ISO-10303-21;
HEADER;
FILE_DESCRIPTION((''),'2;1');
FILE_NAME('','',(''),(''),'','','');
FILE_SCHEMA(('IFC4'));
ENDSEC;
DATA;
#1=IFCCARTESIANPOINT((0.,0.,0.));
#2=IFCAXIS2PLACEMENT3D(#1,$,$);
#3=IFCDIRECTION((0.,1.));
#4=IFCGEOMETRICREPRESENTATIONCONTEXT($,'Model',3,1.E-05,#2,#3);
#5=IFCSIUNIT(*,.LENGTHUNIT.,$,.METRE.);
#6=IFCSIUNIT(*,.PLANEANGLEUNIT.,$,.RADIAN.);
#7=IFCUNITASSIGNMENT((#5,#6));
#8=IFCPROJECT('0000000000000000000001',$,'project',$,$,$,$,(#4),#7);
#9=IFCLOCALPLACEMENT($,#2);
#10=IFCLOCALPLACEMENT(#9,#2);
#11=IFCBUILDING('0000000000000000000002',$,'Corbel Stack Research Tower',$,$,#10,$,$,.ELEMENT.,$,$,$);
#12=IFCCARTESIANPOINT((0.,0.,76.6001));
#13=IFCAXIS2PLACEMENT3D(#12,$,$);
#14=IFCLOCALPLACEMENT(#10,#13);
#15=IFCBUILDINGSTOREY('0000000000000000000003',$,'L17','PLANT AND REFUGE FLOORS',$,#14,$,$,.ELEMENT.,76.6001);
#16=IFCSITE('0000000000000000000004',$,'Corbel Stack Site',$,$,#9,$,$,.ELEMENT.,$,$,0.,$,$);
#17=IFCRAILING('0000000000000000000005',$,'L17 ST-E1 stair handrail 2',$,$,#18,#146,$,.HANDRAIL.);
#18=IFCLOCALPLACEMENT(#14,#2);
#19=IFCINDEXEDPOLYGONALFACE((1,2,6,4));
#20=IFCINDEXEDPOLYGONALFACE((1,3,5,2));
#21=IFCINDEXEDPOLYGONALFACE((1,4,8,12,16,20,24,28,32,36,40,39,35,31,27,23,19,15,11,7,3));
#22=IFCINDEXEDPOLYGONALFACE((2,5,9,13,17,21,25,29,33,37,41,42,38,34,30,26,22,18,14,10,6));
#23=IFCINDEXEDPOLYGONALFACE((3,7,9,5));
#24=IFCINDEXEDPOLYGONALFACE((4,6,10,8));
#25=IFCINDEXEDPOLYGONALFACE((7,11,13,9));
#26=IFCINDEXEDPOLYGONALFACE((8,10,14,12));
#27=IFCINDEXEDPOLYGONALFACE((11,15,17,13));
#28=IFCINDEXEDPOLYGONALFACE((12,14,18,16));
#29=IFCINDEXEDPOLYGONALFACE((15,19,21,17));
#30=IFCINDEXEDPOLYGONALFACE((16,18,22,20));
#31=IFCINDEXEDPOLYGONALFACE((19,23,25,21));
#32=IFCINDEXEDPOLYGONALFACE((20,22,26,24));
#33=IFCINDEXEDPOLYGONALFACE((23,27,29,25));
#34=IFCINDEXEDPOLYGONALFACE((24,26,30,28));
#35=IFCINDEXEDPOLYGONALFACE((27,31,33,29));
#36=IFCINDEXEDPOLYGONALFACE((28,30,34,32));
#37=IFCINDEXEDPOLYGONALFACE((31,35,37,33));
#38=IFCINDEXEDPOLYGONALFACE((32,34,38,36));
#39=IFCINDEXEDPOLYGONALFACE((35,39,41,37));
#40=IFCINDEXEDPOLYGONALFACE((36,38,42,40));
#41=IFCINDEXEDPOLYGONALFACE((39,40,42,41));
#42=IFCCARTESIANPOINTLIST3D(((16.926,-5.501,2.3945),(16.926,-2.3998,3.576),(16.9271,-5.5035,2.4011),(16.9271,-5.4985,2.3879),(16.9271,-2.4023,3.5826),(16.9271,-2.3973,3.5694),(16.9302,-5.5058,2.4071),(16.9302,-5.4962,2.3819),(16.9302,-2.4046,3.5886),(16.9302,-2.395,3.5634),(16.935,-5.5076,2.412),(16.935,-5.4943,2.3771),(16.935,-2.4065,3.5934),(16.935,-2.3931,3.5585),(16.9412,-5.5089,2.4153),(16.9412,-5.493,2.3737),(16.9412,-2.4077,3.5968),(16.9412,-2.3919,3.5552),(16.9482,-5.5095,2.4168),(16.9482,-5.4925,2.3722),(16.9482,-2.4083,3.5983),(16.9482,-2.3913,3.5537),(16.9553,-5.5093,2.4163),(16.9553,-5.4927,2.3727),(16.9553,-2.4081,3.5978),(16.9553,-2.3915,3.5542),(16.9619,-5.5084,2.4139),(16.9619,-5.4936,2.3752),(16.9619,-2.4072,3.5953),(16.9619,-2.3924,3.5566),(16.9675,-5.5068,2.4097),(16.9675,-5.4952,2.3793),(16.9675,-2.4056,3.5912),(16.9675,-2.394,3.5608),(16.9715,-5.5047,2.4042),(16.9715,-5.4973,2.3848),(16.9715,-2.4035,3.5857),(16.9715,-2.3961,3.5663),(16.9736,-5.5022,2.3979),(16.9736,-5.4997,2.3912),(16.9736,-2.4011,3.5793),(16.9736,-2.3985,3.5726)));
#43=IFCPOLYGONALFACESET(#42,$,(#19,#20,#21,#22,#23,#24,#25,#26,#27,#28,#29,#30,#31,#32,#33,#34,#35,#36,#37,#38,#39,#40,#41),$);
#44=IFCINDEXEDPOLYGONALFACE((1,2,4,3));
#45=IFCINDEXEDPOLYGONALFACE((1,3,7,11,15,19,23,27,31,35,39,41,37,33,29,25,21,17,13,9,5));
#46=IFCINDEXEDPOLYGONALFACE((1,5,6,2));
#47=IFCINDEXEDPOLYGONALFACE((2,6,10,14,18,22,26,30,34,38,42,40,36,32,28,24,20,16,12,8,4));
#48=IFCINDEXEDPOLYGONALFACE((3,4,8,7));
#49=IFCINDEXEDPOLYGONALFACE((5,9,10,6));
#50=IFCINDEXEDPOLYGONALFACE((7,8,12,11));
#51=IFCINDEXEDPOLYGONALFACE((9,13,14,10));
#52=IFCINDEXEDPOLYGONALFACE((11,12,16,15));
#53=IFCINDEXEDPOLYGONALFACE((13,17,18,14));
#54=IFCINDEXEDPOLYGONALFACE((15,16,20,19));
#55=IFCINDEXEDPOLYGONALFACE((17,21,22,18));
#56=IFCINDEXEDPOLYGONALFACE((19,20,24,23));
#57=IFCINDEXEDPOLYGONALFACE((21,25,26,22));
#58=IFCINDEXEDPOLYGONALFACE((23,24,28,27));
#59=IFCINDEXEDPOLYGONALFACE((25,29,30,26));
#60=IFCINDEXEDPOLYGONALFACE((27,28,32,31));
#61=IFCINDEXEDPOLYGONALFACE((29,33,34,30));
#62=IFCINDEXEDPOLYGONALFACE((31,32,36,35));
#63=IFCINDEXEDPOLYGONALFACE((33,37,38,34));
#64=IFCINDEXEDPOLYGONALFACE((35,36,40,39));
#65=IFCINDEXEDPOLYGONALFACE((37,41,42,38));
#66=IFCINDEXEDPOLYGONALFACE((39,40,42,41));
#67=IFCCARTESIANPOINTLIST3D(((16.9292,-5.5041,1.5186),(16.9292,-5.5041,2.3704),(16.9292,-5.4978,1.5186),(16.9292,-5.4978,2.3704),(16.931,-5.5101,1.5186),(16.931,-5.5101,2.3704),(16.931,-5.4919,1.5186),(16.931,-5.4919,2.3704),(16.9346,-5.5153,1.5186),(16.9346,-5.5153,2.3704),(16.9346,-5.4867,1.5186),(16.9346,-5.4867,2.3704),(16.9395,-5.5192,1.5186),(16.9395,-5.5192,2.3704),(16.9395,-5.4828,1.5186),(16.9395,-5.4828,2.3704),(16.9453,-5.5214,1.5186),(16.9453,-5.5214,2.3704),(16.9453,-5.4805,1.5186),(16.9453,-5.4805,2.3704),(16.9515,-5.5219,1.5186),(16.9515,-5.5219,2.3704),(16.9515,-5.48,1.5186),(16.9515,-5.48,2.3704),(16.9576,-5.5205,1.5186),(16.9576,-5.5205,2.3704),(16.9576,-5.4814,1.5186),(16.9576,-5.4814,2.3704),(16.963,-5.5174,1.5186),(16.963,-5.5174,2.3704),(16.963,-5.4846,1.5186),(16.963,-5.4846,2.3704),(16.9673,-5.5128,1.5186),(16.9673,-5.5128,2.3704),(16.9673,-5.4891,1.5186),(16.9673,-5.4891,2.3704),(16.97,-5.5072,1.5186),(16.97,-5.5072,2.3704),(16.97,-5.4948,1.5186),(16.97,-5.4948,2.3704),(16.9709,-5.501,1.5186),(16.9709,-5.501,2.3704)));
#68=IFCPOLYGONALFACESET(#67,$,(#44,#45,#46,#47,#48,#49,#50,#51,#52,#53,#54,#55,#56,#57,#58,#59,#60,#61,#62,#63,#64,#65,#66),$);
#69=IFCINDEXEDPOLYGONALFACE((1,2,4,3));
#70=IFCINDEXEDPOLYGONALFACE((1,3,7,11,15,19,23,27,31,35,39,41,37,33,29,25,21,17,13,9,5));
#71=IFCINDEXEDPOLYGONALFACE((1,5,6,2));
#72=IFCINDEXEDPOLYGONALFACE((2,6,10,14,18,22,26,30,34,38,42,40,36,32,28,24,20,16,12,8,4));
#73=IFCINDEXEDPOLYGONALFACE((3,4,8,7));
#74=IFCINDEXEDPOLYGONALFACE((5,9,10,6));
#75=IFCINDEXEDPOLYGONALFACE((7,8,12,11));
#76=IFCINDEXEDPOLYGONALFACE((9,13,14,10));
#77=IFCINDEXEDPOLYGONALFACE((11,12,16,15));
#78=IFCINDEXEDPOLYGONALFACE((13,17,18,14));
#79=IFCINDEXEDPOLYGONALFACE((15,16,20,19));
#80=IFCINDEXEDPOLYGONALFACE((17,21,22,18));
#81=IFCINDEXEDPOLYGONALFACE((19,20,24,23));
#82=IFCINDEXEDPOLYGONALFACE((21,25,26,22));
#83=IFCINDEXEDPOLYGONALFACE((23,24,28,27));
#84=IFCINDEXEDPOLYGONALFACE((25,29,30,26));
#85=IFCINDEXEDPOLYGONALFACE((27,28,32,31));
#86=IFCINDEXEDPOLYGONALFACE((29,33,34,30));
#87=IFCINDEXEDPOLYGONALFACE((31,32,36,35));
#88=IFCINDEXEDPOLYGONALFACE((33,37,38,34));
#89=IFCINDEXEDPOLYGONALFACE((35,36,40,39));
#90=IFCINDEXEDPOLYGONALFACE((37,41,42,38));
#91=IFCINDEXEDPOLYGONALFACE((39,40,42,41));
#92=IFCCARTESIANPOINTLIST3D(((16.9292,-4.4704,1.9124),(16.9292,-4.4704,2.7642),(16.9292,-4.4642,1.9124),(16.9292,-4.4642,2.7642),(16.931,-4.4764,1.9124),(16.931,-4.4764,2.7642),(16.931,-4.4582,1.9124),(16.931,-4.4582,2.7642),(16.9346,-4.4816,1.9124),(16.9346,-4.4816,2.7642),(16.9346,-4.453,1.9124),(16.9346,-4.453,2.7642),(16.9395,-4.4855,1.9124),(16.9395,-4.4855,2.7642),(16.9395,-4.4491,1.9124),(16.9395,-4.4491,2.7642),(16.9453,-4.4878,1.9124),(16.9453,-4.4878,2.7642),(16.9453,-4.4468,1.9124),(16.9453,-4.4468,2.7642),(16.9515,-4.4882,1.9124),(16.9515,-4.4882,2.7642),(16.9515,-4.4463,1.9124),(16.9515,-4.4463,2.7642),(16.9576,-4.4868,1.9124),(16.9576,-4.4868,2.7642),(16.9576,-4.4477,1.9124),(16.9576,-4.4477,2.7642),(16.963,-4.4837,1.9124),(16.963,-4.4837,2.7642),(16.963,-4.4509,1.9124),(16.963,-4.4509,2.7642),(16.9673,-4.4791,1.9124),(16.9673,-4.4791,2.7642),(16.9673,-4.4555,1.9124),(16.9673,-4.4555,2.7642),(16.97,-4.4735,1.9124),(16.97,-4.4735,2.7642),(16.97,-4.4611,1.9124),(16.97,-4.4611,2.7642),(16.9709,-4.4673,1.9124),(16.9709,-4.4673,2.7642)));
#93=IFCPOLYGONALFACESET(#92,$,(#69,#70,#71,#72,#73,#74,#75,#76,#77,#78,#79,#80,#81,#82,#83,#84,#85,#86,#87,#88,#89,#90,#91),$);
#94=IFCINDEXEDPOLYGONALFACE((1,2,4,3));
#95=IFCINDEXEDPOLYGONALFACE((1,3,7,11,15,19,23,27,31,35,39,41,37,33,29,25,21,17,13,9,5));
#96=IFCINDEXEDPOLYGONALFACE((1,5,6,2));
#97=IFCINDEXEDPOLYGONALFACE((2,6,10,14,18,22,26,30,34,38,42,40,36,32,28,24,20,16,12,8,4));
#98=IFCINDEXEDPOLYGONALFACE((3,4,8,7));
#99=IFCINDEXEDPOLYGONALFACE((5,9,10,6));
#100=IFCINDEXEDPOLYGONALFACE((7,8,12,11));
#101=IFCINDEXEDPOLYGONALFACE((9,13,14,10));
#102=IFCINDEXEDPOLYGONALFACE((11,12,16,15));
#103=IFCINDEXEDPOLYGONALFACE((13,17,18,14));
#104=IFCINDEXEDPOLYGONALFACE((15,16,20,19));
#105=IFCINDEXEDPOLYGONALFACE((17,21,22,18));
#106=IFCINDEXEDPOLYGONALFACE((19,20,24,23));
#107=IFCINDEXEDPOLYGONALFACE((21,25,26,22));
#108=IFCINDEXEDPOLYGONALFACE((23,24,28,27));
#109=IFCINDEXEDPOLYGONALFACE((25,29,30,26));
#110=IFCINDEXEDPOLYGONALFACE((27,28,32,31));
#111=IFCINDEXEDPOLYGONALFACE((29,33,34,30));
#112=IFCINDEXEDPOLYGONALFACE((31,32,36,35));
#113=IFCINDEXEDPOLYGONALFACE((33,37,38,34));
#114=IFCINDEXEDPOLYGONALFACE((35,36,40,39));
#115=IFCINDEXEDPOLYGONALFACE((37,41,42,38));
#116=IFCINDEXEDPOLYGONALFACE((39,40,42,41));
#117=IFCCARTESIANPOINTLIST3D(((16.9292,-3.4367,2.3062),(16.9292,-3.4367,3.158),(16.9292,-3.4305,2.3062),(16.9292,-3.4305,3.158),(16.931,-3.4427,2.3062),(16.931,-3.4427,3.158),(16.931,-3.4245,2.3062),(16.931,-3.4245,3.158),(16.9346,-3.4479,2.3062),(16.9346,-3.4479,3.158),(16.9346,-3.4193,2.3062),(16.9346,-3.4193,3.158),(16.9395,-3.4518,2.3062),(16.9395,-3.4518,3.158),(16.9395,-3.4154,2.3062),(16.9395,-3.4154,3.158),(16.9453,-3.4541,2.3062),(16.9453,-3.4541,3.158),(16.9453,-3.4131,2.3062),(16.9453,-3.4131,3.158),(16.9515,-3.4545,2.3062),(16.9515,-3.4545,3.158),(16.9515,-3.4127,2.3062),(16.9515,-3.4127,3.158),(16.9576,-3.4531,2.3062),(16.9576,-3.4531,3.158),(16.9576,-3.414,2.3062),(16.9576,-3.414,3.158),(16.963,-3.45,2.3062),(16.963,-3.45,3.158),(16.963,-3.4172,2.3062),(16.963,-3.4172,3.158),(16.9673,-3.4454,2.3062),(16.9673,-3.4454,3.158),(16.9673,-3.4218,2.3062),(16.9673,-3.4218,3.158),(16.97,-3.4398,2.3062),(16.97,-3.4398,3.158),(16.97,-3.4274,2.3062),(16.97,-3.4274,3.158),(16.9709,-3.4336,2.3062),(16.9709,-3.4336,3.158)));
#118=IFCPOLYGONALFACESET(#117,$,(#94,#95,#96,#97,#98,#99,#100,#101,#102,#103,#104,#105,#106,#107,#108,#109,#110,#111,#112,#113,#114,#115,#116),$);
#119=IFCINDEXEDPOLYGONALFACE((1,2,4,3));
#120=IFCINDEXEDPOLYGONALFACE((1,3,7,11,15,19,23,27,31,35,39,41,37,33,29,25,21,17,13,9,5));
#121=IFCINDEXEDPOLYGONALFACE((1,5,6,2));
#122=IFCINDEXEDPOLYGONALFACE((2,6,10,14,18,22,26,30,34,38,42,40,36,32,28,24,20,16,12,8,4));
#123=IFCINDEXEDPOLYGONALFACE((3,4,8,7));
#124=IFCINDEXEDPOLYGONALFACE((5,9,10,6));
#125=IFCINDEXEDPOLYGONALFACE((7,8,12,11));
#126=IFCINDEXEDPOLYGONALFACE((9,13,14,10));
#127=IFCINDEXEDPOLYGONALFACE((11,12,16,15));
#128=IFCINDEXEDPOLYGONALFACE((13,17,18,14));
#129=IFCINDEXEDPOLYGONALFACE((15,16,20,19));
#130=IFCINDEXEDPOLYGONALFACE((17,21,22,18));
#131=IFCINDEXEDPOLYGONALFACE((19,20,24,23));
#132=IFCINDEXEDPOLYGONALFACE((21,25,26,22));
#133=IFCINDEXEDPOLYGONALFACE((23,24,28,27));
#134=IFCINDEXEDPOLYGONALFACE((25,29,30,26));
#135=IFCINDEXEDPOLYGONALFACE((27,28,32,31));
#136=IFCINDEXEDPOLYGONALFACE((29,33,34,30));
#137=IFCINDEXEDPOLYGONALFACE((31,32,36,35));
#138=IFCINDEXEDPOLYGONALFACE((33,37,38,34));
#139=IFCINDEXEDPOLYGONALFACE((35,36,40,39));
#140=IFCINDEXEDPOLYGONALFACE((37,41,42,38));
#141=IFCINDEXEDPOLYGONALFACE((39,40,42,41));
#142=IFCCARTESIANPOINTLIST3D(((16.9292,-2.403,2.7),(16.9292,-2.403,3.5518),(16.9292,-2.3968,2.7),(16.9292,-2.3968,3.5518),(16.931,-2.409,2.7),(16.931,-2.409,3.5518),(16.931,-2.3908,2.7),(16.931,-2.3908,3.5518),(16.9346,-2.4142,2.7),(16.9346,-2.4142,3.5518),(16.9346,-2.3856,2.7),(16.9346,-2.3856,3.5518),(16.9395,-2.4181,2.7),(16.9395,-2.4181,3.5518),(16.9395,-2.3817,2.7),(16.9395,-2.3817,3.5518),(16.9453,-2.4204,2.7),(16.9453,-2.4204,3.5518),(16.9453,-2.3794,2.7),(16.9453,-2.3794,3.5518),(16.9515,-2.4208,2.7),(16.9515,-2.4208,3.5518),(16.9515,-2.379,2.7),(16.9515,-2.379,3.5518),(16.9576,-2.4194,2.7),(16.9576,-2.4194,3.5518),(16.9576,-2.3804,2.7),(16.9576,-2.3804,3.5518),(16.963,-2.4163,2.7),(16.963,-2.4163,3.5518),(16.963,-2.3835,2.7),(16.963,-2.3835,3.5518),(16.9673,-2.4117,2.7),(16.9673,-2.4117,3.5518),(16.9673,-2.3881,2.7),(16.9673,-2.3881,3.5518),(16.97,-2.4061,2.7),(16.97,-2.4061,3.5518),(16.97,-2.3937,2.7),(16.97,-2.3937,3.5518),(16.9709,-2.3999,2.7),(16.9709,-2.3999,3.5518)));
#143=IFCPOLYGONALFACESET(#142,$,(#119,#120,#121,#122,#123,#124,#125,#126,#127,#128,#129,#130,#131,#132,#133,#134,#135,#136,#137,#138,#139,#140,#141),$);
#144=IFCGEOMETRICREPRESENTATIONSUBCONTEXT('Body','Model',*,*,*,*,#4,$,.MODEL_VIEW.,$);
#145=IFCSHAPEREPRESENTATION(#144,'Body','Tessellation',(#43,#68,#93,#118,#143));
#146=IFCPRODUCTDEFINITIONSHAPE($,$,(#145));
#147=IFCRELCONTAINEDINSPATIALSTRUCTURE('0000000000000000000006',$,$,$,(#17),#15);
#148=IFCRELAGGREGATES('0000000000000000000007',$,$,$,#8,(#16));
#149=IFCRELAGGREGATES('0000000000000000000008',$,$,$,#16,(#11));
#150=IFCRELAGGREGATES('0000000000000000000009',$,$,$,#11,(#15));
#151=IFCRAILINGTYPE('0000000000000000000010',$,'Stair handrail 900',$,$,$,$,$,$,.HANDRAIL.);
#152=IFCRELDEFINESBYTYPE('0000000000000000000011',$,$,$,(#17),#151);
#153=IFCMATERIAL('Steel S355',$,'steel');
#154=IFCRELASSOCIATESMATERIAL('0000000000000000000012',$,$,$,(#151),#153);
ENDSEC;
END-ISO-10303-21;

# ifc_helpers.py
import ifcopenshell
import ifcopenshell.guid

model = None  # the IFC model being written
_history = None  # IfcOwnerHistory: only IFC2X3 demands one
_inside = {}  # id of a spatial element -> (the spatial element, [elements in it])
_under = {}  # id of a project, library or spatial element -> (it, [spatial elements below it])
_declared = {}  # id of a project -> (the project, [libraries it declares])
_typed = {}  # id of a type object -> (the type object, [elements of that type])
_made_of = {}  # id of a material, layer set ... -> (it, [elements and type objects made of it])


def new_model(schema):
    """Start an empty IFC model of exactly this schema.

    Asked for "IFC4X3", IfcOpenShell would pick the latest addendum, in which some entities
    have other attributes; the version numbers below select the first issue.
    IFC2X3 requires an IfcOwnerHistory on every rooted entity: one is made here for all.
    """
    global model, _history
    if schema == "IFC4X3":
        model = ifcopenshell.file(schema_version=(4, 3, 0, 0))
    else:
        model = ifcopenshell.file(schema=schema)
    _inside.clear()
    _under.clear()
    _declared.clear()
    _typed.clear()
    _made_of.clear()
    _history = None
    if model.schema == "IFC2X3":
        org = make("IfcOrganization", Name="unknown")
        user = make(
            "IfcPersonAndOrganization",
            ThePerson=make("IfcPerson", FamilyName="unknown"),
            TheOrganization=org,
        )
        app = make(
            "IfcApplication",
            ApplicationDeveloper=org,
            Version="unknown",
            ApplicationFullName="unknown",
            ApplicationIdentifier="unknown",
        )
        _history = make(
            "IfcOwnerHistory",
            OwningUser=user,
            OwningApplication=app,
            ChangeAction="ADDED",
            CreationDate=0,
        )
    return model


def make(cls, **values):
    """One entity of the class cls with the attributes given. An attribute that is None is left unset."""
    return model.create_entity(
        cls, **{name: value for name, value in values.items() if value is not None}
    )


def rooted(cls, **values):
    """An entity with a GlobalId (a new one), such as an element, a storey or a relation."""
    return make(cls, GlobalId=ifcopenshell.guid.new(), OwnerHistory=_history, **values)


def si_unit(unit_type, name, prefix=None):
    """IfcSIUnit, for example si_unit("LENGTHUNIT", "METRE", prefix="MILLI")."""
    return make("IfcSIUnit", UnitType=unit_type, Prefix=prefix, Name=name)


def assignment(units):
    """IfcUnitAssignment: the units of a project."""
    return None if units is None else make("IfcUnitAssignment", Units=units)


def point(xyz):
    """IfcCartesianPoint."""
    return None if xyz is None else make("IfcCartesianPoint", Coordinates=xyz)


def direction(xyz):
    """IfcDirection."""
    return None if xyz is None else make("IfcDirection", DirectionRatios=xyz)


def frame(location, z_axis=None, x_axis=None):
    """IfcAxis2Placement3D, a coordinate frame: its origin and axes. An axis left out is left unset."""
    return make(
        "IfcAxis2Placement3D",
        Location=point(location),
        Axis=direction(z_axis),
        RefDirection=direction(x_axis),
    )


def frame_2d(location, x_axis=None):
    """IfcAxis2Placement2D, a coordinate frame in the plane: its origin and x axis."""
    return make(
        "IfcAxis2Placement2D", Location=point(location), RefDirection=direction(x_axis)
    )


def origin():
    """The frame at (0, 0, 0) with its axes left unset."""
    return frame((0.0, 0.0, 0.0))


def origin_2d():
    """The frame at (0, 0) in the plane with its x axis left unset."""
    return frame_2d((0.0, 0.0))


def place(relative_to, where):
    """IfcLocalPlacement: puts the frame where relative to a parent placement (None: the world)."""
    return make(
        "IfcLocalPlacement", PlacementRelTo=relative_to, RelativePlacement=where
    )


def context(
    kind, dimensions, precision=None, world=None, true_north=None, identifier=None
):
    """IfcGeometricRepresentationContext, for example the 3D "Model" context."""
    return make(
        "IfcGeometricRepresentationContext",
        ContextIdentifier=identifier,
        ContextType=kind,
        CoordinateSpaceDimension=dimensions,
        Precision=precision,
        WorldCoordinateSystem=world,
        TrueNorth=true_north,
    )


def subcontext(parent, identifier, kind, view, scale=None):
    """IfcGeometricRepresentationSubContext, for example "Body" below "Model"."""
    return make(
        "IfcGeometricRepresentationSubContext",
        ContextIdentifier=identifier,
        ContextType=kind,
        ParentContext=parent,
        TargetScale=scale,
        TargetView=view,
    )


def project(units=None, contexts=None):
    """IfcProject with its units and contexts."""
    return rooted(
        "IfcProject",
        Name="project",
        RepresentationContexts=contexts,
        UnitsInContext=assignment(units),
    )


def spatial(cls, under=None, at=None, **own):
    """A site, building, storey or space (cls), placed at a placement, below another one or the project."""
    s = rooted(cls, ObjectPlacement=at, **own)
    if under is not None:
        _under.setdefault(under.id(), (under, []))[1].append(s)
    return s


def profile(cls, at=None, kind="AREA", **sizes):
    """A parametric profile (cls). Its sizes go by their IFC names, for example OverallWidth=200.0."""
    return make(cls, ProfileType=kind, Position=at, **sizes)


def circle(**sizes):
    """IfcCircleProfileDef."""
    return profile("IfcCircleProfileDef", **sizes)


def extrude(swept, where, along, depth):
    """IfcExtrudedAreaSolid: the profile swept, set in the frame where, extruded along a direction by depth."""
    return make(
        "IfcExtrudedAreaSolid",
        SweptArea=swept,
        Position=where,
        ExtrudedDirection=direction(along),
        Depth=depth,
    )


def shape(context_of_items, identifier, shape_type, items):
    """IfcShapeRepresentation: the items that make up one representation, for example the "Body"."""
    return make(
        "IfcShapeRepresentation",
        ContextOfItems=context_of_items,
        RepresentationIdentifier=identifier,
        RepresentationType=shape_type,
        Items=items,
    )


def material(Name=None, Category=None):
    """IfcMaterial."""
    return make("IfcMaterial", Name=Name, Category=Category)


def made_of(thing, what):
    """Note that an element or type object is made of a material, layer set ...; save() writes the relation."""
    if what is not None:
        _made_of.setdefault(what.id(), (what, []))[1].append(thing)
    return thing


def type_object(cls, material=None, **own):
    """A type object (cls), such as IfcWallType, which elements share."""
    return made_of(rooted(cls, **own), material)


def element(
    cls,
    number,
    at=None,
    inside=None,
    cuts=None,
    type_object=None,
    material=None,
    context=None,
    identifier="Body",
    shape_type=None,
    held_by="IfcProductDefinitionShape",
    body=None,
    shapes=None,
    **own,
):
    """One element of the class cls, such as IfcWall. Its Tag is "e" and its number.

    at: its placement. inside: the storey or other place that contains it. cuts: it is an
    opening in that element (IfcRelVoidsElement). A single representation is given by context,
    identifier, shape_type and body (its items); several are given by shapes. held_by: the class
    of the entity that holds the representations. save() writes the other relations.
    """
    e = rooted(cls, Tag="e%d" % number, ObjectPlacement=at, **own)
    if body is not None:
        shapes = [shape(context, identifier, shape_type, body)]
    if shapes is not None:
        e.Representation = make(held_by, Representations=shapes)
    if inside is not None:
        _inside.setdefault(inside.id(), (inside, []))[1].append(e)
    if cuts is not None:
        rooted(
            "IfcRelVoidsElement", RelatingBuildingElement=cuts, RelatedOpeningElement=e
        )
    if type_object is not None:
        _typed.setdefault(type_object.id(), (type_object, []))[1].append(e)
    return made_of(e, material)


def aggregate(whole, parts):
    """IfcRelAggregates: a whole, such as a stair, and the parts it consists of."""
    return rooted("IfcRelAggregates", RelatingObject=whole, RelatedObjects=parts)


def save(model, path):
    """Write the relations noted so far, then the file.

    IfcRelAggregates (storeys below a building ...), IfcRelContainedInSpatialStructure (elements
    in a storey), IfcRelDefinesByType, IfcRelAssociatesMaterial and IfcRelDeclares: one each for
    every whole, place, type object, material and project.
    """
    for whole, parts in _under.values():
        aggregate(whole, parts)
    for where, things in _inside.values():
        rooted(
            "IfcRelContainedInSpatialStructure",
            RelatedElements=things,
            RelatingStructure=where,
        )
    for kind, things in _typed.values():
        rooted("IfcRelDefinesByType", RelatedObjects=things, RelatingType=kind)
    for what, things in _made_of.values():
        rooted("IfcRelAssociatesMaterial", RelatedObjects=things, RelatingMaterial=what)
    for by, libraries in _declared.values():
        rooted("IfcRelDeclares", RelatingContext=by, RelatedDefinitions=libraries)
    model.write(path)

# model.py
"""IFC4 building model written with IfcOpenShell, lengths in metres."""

from ifc_helpers import new_model, si_unit, direction, frame, origin, origin_2d, place, context, subcontext, project, spatial, circle, extrude, material, type_object, element, save


model = new_model("IFC4")

# Units and contexts
model_context = context("Model", 3, precision=1e-05, world=origin(), true_north=direction((0.0, 1.0)))
body_context = subcontext(model_context, "Body", "Model", "MODEL_VIEW")
ifc_project = project(units=[si_unit("LENGTHUNIT", "METRE"), si_unit("PLANEANGLEUNIT", "RADIAN")], contexts=[model_context])

# Site, building, storey
site_placement = place(None, origin())
site = spatial("IfcSite", under=ifc_project, at=site_placement, Name="Corbel Stack Site", CompositionType="ELEMENT", RefElevation=0.0)
building_placement = place(site_placement, origin())
building = spatial("IfcBuilding", under=site, at=building_placement, Name="Corbel Stack Research Tower", CompositionType="ELEMENT")
storey_placement = place(building_placement, frame((0.0, 0.0, 76.6001)))
storey = spatial("IfcBuildingStorey", under=building, at=storey_placement, Name="L17", Description="PLANT AND REFUGE FLOORS", CompositionType="ELEMENT", Elevation=76.6001)

# Railing
ifc_material_1 = material(Name="Steel S355", Category="steel")
railing_type_1 = type_object("IfcRailingType", Name="Stair handrail 900", PredefinedType="HANDRAIL", material=ifc_material_1)
railing_1_placement = place(storey_placement, frame((16.95, -5.501, 1.5186)))
element("IfcRailing", 1, at=railing_1_placement, inside=storey, type_object=railing_type_1, Name="L17 ST-E1 stair handrail 2", PredefinedType="HANDRAIL", context=body_context, shape_type="SweptSolid", body=[
    extrude(circle(Radius=0.0239, at=origin_2d()), frame((0.0, 0.0, 0.876), z_axis=(0.0, 0.934484, 0.356005), x_axis=(-1.0, 0.0, 0.0)), (0.0, 0.0, 1.0), 3.3186),
    extrude(circle(Radius=0.021, at=origin_2d()), origin(), (0.0, 0.0, 1.0), 0.8518),
    extrude(circle(Radius=0.021, at=origin_2d()), frame((0.0, 1.0337, 0.3938)), (0.0, 0.0, 1.0), 0.8518),
    extrude(circle(Radius=0.021, at=origin_2d()), frame((0.0, 2.0674, 0.7876)), (0.0, 0.0, 1.0), 0.8518),
    extrude(circle(Radius=0.021, at=origin_2d()), frame((0.0, 3.1011, 1.1814)), (0.0, 0.0, 1.0), 0.8518),
])

save(model, "model.ifc")
